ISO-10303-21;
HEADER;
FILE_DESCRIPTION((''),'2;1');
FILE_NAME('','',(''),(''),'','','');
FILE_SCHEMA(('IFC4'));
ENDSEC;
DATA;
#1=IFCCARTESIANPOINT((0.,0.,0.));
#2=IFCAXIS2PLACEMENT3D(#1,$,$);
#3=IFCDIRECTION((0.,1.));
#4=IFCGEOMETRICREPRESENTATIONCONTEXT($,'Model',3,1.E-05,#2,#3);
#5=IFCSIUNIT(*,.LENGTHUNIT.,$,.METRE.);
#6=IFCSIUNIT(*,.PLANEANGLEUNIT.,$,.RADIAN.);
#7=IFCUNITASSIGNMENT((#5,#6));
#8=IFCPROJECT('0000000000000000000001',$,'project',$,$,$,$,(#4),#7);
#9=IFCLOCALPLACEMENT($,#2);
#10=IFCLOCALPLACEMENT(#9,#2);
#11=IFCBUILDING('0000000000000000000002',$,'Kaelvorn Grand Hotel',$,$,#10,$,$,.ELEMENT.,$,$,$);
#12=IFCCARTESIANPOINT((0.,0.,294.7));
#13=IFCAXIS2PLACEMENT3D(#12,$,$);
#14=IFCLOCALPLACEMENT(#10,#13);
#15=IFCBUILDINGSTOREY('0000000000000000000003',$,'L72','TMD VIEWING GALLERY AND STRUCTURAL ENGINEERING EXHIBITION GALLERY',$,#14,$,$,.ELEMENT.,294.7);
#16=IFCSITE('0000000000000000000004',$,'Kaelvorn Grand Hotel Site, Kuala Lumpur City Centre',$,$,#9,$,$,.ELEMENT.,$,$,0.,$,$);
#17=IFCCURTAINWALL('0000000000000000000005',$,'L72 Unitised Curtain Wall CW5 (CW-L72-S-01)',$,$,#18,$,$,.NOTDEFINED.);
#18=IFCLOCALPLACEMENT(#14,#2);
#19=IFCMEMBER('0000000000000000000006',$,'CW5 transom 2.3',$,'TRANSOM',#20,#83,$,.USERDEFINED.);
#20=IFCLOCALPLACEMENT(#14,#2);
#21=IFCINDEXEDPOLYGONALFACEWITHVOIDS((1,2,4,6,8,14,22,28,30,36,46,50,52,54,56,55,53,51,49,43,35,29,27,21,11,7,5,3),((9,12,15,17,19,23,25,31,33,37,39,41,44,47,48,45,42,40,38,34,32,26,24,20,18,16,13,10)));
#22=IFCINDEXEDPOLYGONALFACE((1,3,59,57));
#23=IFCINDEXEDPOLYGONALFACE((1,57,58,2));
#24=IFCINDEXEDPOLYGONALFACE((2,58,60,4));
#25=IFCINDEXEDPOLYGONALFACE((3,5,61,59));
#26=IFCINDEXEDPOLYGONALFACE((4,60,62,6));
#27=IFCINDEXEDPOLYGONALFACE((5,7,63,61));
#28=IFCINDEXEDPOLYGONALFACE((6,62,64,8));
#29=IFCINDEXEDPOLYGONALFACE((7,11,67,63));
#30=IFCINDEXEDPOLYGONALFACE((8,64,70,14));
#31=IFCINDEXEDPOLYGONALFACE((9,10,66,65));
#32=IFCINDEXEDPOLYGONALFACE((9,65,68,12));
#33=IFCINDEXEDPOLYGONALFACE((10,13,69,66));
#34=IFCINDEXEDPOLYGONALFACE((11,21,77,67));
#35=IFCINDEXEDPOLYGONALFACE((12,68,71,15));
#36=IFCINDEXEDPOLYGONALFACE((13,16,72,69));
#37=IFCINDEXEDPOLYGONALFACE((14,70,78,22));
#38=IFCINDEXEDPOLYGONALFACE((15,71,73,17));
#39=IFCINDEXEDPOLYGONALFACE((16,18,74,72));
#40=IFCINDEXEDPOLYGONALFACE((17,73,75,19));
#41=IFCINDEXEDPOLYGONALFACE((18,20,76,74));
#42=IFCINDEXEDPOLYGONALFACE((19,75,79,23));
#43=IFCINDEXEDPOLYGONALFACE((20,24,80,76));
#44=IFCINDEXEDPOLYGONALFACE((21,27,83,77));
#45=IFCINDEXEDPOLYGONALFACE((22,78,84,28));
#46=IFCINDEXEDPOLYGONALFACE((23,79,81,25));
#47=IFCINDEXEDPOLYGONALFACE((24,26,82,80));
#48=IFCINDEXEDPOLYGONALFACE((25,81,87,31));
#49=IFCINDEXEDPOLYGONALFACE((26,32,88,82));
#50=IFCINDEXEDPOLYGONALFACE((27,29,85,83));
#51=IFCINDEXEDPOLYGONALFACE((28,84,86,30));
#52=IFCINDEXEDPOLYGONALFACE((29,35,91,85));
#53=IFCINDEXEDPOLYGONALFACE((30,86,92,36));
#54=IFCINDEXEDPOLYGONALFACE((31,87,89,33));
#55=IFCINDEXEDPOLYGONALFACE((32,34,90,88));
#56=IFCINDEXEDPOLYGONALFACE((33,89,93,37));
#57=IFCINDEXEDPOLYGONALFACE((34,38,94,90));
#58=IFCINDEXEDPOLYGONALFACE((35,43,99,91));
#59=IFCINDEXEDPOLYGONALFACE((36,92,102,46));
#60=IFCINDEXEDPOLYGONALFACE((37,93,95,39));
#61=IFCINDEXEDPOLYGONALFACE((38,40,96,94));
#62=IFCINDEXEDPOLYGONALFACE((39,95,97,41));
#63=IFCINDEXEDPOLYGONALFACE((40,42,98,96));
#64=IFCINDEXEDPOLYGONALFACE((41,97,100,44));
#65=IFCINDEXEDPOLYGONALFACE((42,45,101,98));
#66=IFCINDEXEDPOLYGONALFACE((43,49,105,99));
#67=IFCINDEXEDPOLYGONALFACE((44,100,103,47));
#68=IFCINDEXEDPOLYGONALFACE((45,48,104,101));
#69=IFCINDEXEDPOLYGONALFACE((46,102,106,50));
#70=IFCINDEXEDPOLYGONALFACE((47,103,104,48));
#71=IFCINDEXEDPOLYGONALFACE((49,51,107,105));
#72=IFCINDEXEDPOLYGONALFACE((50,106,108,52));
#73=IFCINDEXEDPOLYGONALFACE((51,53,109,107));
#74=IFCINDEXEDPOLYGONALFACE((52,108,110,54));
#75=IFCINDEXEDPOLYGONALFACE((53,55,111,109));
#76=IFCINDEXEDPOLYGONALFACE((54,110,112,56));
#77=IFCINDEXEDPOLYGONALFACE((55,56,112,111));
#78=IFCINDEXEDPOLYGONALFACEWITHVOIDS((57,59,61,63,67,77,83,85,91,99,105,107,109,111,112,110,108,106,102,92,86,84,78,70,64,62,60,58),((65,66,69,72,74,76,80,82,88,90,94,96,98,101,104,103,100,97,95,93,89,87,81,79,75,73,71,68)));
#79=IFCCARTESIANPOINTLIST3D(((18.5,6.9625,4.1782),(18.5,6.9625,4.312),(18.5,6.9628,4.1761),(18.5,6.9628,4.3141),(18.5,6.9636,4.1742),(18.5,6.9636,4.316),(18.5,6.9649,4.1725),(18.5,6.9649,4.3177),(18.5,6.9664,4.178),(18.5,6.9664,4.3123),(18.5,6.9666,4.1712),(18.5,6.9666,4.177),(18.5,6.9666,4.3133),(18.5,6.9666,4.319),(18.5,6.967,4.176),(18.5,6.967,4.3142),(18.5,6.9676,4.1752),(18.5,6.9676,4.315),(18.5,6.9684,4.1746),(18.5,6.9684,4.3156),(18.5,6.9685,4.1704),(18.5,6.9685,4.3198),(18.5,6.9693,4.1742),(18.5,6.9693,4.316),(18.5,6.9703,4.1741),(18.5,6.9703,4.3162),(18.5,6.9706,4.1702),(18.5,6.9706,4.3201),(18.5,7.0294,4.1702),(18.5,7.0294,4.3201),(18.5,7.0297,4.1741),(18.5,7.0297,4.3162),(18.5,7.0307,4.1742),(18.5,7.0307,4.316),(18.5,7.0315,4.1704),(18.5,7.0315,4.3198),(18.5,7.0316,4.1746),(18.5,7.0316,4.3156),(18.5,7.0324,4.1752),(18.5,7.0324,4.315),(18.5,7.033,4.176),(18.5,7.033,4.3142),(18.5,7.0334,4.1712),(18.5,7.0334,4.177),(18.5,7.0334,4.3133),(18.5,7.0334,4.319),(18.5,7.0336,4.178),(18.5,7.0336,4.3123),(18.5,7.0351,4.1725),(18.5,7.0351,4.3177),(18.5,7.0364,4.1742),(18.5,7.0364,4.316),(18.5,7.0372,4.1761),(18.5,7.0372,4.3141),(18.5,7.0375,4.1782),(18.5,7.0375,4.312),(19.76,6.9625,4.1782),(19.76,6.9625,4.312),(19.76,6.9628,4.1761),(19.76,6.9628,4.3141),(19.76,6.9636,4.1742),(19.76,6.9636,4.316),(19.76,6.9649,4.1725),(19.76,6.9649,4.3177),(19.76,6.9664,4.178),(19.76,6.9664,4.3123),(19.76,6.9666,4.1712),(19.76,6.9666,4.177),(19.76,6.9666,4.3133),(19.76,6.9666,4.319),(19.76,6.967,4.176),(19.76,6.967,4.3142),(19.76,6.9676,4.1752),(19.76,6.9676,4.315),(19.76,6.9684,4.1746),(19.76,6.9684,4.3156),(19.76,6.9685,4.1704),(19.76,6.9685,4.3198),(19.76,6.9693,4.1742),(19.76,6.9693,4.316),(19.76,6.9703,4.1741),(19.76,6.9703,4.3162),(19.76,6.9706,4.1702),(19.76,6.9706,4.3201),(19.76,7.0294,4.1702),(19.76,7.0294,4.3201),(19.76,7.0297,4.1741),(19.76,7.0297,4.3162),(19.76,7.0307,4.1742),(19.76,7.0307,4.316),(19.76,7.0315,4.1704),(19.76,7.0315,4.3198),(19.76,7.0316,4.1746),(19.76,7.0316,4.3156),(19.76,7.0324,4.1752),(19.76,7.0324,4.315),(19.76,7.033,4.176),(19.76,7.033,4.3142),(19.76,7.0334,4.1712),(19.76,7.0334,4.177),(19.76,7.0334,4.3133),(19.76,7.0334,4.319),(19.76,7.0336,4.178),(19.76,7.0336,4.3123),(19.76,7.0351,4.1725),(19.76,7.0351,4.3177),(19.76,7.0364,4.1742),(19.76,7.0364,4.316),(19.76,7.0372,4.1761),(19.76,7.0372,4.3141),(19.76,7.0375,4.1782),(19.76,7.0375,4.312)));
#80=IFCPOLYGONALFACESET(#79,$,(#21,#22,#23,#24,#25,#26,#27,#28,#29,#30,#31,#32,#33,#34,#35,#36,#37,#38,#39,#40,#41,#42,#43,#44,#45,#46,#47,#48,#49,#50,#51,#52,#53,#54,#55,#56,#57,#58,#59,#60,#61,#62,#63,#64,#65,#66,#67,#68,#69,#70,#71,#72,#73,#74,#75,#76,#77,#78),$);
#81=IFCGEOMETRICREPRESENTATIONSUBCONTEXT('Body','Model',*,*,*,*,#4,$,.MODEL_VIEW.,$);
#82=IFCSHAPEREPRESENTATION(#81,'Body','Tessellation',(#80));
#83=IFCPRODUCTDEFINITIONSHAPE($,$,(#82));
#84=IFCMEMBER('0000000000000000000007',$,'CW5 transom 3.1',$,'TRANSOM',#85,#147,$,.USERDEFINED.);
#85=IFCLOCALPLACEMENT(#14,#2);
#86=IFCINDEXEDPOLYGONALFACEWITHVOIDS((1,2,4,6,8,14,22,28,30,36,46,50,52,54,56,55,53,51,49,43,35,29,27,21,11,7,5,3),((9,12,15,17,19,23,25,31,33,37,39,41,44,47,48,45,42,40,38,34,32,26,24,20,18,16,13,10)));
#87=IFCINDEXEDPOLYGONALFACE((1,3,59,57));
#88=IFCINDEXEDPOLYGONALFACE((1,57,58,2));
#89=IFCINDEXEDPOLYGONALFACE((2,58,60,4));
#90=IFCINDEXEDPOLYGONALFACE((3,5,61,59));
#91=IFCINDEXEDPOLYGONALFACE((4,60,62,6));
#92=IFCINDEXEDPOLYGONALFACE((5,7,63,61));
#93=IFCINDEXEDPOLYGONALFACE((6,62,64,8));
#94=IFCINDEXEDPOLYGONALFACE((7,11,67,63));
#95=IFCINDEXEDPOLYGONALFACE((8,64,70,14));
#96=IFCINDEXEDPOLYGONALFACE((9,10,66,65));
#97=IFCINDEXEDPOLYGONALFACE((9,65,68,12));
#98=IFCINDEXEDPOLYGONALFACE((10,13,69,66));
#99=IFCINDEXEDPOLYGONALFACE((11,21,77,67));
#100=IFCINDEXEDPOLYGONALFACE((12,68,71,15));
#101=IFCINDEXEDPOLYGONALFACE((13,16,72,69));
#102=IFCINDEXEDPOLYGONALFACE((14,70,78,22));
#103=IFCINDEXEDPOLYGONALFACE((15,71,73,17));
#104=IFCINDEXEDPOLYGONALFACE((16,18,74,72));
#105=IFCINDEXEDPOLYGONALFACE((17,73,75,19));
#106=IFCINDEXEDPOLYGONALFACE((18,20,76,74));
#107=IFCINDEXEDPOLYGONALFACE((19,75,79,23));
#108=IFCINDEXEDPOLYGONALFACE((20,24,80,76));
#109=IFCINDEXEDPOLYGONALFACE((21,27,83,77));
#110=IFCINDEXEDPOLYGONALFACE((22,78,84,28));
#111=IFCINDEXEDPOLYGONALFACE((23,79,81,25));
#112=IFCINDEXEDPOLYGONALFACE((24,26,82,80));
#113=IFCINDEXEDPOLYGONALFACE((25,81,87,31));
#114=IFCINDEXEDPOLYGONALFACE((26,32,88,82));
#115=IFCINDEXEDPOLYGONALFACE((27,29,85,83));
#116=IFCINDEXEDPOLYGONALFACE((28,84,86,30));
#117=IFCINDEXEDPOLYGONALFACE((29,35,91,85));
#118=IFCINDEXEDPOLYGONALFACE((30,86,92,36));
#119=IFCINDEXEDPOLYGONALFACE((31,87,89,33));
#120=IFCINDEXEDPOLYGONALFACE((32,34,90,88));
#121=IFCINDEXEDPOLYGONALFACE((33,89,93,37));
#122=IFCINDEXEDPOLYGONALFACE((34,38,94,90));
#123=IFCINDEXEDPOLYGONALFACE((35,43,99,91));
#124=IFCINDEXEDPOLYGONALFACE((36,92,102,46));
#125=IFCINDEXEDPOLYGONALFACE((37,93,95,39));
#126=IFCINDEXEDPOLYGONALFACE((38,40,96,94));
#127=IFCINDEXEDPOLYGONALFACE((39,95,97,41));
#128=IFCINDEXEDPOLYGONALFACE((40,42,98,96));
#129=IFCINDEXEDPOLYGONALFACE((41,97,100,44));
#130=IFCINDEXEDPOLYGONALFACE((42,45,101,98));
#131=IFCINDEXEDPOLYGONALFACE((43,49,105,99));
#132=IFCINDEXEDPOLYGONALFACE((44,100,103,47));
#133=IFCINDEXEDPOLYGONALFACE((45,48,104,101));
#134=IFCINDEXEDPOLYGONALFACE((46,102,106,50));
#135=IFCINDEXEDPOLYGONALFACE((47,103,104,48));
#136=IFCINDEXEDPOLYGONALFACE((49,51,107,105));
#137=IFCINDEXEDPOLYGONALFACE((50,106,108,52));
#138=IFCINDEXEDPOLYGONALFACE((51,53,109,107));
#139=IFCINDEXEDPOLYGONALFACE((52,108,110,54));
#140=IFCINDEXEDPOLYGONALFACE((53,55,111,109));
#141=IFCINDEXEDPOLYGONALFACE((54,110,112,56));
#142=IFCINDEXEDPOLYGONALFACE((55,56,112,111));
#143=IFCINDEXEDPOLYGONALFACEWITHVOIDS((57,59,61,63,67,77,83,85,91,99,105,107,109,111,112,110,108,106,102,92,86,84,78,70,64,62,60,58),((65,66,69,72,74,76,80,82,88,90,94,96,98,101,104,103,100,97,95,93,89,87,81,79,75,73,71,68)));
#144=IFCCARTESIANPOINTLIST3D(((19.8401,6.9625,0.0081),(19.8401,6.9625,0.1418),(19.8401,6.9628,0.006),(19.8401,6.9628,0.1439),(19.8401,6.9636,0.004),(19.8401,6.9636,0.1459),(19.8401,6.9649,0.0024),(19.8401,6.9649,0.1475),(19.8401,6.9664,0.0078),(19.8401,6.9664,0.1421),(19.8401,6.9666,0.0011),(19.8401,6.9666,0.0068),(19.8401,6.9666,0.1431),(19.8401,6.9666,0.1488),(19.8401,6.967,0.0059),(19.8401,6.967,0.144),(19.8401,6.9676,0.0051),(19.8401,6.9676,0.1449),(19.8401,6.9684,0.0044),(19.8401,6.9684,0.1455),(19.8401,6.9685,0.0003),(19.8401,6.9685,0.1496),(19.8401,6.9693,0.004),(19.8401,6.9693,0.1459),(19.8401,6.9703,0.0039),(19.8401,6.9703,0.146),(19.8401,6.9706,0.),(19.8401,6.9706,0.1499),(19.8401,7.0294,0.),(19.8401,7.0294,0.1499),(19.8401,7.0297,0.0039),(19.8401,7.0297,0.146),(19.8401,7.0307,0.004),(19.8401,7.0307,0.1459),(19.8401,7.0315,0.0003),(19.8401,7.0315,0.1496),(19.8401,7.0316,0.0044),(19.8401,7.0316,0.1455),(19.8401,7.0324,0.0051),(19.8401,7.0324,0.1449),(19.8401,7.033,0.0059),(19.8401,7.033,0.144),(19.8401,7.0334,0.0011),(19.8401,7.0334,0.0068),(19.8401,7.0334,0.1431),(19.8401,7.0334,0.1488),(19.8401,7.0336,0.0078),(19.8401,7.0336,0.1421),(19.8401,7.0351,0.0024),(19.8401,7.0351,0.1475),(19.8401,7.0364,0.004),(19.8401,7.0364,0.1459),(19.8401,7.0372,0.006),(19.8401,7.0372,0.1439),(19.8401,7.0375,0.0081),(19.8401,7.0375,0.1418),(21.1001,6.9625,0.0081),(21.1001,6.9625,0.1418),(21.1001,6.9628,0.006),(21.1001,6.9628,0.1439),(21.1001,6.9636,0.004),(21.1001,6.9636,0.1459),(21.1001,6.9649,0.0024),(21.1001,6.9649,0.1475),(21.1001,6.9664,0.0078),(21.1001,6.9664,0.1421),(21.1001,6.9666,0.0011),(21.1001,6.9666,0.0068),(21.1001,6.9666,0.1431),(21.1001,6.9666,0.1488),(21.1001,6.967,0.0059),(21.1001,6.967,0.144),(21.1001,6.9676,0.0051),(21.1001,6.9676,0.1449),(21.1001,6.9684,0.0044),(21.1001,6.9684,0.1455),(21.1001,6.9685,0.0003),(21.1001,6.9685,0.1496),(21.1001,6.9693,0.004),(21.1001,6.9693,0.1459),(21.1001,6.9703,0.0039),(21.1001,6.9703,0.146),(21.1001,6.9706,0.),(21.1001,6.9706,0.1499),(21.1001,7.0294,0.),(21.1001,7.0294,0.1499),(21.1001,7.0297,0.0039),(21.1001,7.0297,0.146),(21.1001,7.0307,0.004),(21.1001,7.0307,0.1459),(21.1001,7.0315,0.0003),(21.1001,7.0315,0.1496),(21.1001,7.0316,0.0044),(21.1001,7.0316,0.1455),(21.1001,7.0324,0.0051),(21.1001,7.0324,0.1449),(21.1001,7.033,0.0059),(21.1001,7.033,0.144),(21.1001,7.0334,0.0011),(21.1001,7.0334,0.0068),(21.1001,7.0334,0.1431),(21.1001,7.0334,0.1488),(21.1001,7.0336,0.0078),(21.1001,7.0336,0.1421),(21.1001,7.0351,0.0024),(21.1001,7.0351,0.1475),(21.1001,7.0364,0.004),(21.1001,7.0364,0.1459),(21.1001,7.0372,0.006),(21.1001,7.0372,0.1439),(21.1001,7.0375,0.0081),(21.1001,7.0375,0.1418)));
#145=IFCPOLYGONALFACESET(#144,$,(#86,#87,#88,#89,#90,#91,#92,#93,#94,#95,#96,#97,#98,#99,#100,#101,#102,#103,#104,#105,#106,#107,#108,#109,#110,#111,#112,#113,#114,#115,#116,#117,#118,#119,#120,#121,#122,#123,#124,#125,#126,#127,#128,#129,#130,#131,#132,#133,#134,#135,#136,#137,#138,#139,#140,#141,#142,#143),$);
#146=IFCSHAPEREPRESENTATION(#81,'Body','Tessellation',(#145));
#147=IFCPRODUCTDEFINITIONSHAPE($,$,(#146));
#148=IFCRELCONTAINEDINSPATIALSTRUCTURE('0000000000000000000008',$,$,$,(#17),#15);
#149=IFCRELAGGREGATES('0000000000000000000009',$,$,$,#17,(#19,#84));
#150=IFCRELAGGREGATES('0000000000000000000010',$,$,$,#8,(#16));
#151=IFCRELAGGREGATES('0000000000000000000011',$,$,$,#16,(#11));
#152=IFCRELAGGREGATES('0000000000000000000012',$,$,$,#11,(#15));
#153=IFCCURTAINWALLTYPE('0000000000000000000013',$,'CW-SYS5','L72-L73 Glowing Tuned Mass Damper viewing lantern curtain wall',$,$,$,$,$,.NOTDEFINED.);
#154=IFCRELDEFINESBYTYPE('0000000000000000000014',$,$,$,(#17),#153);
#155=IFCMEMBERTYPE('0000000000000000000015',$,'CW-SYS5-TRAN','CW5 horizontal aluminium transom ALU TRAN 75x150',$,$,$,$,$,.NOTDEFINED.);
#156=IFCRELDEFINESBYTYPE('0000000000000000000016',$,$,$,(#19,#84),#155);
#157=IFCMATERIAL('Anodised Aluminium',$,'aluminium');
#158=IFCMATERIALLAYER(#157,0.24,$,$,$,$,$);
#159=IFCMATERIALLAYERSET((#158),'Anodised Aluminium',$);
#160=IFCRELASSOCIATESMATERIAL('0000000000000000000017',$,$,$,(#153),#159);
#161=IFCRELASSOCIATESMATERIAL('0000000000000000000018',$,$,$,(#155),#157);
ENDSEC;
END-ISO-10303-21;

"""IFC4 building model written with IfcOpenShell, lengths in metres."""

from ifc_helpers import new_model, si_unit, direction, frame, origin, origin_2d, place, context, subcontext, project, spatial, hollow_rectangle, extrude, material, layer, layer_set, material_profile, profile_set, type_object, element, aggregate, save


model = new_model("IFC4")

# Units and contexts
model_context = context("Model", 3, precision=1e-05, world=origin(), true_north=direction((0.0, 1.0)))
body_context = subcontext(model_context, "Body", "Model", "MODEL_VIEW")
ifc_project = project(units=[si_unit("LENGTHUNIT", "METRE"), si_unit("PLANEANGLEUNIT", "RADIAN")], contexts=[model_context])

# Site, building, storey
site_placement = place(None, origin())
site = spatial("IfcSite", under=ifc_project, at=site_placement, Name="Kaelvorn Grand Hotel Site, Kuala Lumpur City Centre", CompositionType="ELEMENT", RefElevation=0.0)
building_placement = place(site_placement, origin())
building = spatial("IfcBuilding", under=site, at=building_placement, Name="Kaelvorn Grand Hotel", CompositionType="ELEMENT")
storey_placement = place(building_placement, frame((0.0, 0.0, 294.7)))
storey = spatial("IfcBuildingStorey", under=building, at=storey_placement, Name="L72", Description="TMD VIEWING GALLERY AND STRUCTURAL ENGINEERING EXHIBITION GALLERY", CompositionType="ELEMENT", Elevation=294.7)

# Curtain wall, members
ifc_material_1 = material(Name="Anodised Aluminium", Category="aluminium")
ifc_layer_1 = layer(ifc_material_1, 0.24)
ifc_layer_set_1 = layer_set([ifc_layer_1], Name="Anodised Aluminium")
curtain_wall_type = type_object("IfcCurtainWallType", Name="CW-SYS5", Description="L72-L73 Glowing Tuned Mass Damper viewing lantern curtain wall", PredefinedType="NOTDEFINED", material=ifc_layer_set_1)
curtain_wall_placement = place(storey_placement, origin())
curtain_wall = element("IfcCurtainWall", 1, at=curtain_wall_placement, inside=storey, type_object=curtain_wall_type, Name="L72 Unitised Curtain Wall CW5 (CW-L72-S-01)", PredefinedType="NOTDEFINED")
ifc_material_profile_1 = material_profile(ifc_material_1, hollow_rectangle(XDim=0.075, YDim=0.1499, WallThickness=0.0039, InnerFilletRadius=0.0039, OuterFilletRadius=0.0081, at=origin_2d()), Name="ALU TRAN 75x150")
ifc_profile_set_1 = profile_set([ifc_material_profile_1], Name="Anodised Aluminium")
member_type_1 = type_object("IfcMemberType", Name="CW-SYS5-TRAN", Description="CW5 horizontal aluminium transom ALU TRAN 75x150", PredefinedType="NOTDEFINED", material=ifc_profile_set_1)
member_1_placement = place(storey_placement, frame((18.5, 7.0, 4.2451), z_axis=(1.0, 0.0, 0.0), x_axis=(0.0, 1.0, 0.0)))
member_1 = element("IfcMember", 2, at=member_1_placement, type_object=member_type_1, Name="CW5 transom 2.3", ObjectType="TRANSOM", PredefinedType="USERDEFINED", context=body_context, shape_type="SweptSolid", body=[
    extrude(hollow_rectangle(XDim=0.075, YDim=0.1499, WallThickness=0.0039, InnerFilletRadius=0.0039, OuterFilletRadius=0.0081, at=origin_2d()), origin(), (0.0, 0.0, 1.0), 1.26),
])
member_2_placement = place(storey_placement, frame((19.8401, 7.0, 0.075), z_axis=(1.0, 0.0, 0.0), x_axis=(0.0, 1.0, 0.0)))
member_2 = element("IfcMember", 3, at=member_2_placement, type_object=member_type_1, Name="CW5 transom 3.1", ObjectType="TRANSOM", PredefinedType="USERDEFINED", context=body_context, shape_type="SweptSolid", body=[
    extrude(hollow_rectangle(XDim=0.075, YDim=0.1499, WallThickness=0.0039, InnerFilletRadius=0.0039, OuterFilletRadius=0.0081, at=origin_2d()), origin(), (0.0, 0.0, 1.0), 1.26),
])
aggregate(curtain_wall, [member_1, member_2])

save(model, "model.ifc")
